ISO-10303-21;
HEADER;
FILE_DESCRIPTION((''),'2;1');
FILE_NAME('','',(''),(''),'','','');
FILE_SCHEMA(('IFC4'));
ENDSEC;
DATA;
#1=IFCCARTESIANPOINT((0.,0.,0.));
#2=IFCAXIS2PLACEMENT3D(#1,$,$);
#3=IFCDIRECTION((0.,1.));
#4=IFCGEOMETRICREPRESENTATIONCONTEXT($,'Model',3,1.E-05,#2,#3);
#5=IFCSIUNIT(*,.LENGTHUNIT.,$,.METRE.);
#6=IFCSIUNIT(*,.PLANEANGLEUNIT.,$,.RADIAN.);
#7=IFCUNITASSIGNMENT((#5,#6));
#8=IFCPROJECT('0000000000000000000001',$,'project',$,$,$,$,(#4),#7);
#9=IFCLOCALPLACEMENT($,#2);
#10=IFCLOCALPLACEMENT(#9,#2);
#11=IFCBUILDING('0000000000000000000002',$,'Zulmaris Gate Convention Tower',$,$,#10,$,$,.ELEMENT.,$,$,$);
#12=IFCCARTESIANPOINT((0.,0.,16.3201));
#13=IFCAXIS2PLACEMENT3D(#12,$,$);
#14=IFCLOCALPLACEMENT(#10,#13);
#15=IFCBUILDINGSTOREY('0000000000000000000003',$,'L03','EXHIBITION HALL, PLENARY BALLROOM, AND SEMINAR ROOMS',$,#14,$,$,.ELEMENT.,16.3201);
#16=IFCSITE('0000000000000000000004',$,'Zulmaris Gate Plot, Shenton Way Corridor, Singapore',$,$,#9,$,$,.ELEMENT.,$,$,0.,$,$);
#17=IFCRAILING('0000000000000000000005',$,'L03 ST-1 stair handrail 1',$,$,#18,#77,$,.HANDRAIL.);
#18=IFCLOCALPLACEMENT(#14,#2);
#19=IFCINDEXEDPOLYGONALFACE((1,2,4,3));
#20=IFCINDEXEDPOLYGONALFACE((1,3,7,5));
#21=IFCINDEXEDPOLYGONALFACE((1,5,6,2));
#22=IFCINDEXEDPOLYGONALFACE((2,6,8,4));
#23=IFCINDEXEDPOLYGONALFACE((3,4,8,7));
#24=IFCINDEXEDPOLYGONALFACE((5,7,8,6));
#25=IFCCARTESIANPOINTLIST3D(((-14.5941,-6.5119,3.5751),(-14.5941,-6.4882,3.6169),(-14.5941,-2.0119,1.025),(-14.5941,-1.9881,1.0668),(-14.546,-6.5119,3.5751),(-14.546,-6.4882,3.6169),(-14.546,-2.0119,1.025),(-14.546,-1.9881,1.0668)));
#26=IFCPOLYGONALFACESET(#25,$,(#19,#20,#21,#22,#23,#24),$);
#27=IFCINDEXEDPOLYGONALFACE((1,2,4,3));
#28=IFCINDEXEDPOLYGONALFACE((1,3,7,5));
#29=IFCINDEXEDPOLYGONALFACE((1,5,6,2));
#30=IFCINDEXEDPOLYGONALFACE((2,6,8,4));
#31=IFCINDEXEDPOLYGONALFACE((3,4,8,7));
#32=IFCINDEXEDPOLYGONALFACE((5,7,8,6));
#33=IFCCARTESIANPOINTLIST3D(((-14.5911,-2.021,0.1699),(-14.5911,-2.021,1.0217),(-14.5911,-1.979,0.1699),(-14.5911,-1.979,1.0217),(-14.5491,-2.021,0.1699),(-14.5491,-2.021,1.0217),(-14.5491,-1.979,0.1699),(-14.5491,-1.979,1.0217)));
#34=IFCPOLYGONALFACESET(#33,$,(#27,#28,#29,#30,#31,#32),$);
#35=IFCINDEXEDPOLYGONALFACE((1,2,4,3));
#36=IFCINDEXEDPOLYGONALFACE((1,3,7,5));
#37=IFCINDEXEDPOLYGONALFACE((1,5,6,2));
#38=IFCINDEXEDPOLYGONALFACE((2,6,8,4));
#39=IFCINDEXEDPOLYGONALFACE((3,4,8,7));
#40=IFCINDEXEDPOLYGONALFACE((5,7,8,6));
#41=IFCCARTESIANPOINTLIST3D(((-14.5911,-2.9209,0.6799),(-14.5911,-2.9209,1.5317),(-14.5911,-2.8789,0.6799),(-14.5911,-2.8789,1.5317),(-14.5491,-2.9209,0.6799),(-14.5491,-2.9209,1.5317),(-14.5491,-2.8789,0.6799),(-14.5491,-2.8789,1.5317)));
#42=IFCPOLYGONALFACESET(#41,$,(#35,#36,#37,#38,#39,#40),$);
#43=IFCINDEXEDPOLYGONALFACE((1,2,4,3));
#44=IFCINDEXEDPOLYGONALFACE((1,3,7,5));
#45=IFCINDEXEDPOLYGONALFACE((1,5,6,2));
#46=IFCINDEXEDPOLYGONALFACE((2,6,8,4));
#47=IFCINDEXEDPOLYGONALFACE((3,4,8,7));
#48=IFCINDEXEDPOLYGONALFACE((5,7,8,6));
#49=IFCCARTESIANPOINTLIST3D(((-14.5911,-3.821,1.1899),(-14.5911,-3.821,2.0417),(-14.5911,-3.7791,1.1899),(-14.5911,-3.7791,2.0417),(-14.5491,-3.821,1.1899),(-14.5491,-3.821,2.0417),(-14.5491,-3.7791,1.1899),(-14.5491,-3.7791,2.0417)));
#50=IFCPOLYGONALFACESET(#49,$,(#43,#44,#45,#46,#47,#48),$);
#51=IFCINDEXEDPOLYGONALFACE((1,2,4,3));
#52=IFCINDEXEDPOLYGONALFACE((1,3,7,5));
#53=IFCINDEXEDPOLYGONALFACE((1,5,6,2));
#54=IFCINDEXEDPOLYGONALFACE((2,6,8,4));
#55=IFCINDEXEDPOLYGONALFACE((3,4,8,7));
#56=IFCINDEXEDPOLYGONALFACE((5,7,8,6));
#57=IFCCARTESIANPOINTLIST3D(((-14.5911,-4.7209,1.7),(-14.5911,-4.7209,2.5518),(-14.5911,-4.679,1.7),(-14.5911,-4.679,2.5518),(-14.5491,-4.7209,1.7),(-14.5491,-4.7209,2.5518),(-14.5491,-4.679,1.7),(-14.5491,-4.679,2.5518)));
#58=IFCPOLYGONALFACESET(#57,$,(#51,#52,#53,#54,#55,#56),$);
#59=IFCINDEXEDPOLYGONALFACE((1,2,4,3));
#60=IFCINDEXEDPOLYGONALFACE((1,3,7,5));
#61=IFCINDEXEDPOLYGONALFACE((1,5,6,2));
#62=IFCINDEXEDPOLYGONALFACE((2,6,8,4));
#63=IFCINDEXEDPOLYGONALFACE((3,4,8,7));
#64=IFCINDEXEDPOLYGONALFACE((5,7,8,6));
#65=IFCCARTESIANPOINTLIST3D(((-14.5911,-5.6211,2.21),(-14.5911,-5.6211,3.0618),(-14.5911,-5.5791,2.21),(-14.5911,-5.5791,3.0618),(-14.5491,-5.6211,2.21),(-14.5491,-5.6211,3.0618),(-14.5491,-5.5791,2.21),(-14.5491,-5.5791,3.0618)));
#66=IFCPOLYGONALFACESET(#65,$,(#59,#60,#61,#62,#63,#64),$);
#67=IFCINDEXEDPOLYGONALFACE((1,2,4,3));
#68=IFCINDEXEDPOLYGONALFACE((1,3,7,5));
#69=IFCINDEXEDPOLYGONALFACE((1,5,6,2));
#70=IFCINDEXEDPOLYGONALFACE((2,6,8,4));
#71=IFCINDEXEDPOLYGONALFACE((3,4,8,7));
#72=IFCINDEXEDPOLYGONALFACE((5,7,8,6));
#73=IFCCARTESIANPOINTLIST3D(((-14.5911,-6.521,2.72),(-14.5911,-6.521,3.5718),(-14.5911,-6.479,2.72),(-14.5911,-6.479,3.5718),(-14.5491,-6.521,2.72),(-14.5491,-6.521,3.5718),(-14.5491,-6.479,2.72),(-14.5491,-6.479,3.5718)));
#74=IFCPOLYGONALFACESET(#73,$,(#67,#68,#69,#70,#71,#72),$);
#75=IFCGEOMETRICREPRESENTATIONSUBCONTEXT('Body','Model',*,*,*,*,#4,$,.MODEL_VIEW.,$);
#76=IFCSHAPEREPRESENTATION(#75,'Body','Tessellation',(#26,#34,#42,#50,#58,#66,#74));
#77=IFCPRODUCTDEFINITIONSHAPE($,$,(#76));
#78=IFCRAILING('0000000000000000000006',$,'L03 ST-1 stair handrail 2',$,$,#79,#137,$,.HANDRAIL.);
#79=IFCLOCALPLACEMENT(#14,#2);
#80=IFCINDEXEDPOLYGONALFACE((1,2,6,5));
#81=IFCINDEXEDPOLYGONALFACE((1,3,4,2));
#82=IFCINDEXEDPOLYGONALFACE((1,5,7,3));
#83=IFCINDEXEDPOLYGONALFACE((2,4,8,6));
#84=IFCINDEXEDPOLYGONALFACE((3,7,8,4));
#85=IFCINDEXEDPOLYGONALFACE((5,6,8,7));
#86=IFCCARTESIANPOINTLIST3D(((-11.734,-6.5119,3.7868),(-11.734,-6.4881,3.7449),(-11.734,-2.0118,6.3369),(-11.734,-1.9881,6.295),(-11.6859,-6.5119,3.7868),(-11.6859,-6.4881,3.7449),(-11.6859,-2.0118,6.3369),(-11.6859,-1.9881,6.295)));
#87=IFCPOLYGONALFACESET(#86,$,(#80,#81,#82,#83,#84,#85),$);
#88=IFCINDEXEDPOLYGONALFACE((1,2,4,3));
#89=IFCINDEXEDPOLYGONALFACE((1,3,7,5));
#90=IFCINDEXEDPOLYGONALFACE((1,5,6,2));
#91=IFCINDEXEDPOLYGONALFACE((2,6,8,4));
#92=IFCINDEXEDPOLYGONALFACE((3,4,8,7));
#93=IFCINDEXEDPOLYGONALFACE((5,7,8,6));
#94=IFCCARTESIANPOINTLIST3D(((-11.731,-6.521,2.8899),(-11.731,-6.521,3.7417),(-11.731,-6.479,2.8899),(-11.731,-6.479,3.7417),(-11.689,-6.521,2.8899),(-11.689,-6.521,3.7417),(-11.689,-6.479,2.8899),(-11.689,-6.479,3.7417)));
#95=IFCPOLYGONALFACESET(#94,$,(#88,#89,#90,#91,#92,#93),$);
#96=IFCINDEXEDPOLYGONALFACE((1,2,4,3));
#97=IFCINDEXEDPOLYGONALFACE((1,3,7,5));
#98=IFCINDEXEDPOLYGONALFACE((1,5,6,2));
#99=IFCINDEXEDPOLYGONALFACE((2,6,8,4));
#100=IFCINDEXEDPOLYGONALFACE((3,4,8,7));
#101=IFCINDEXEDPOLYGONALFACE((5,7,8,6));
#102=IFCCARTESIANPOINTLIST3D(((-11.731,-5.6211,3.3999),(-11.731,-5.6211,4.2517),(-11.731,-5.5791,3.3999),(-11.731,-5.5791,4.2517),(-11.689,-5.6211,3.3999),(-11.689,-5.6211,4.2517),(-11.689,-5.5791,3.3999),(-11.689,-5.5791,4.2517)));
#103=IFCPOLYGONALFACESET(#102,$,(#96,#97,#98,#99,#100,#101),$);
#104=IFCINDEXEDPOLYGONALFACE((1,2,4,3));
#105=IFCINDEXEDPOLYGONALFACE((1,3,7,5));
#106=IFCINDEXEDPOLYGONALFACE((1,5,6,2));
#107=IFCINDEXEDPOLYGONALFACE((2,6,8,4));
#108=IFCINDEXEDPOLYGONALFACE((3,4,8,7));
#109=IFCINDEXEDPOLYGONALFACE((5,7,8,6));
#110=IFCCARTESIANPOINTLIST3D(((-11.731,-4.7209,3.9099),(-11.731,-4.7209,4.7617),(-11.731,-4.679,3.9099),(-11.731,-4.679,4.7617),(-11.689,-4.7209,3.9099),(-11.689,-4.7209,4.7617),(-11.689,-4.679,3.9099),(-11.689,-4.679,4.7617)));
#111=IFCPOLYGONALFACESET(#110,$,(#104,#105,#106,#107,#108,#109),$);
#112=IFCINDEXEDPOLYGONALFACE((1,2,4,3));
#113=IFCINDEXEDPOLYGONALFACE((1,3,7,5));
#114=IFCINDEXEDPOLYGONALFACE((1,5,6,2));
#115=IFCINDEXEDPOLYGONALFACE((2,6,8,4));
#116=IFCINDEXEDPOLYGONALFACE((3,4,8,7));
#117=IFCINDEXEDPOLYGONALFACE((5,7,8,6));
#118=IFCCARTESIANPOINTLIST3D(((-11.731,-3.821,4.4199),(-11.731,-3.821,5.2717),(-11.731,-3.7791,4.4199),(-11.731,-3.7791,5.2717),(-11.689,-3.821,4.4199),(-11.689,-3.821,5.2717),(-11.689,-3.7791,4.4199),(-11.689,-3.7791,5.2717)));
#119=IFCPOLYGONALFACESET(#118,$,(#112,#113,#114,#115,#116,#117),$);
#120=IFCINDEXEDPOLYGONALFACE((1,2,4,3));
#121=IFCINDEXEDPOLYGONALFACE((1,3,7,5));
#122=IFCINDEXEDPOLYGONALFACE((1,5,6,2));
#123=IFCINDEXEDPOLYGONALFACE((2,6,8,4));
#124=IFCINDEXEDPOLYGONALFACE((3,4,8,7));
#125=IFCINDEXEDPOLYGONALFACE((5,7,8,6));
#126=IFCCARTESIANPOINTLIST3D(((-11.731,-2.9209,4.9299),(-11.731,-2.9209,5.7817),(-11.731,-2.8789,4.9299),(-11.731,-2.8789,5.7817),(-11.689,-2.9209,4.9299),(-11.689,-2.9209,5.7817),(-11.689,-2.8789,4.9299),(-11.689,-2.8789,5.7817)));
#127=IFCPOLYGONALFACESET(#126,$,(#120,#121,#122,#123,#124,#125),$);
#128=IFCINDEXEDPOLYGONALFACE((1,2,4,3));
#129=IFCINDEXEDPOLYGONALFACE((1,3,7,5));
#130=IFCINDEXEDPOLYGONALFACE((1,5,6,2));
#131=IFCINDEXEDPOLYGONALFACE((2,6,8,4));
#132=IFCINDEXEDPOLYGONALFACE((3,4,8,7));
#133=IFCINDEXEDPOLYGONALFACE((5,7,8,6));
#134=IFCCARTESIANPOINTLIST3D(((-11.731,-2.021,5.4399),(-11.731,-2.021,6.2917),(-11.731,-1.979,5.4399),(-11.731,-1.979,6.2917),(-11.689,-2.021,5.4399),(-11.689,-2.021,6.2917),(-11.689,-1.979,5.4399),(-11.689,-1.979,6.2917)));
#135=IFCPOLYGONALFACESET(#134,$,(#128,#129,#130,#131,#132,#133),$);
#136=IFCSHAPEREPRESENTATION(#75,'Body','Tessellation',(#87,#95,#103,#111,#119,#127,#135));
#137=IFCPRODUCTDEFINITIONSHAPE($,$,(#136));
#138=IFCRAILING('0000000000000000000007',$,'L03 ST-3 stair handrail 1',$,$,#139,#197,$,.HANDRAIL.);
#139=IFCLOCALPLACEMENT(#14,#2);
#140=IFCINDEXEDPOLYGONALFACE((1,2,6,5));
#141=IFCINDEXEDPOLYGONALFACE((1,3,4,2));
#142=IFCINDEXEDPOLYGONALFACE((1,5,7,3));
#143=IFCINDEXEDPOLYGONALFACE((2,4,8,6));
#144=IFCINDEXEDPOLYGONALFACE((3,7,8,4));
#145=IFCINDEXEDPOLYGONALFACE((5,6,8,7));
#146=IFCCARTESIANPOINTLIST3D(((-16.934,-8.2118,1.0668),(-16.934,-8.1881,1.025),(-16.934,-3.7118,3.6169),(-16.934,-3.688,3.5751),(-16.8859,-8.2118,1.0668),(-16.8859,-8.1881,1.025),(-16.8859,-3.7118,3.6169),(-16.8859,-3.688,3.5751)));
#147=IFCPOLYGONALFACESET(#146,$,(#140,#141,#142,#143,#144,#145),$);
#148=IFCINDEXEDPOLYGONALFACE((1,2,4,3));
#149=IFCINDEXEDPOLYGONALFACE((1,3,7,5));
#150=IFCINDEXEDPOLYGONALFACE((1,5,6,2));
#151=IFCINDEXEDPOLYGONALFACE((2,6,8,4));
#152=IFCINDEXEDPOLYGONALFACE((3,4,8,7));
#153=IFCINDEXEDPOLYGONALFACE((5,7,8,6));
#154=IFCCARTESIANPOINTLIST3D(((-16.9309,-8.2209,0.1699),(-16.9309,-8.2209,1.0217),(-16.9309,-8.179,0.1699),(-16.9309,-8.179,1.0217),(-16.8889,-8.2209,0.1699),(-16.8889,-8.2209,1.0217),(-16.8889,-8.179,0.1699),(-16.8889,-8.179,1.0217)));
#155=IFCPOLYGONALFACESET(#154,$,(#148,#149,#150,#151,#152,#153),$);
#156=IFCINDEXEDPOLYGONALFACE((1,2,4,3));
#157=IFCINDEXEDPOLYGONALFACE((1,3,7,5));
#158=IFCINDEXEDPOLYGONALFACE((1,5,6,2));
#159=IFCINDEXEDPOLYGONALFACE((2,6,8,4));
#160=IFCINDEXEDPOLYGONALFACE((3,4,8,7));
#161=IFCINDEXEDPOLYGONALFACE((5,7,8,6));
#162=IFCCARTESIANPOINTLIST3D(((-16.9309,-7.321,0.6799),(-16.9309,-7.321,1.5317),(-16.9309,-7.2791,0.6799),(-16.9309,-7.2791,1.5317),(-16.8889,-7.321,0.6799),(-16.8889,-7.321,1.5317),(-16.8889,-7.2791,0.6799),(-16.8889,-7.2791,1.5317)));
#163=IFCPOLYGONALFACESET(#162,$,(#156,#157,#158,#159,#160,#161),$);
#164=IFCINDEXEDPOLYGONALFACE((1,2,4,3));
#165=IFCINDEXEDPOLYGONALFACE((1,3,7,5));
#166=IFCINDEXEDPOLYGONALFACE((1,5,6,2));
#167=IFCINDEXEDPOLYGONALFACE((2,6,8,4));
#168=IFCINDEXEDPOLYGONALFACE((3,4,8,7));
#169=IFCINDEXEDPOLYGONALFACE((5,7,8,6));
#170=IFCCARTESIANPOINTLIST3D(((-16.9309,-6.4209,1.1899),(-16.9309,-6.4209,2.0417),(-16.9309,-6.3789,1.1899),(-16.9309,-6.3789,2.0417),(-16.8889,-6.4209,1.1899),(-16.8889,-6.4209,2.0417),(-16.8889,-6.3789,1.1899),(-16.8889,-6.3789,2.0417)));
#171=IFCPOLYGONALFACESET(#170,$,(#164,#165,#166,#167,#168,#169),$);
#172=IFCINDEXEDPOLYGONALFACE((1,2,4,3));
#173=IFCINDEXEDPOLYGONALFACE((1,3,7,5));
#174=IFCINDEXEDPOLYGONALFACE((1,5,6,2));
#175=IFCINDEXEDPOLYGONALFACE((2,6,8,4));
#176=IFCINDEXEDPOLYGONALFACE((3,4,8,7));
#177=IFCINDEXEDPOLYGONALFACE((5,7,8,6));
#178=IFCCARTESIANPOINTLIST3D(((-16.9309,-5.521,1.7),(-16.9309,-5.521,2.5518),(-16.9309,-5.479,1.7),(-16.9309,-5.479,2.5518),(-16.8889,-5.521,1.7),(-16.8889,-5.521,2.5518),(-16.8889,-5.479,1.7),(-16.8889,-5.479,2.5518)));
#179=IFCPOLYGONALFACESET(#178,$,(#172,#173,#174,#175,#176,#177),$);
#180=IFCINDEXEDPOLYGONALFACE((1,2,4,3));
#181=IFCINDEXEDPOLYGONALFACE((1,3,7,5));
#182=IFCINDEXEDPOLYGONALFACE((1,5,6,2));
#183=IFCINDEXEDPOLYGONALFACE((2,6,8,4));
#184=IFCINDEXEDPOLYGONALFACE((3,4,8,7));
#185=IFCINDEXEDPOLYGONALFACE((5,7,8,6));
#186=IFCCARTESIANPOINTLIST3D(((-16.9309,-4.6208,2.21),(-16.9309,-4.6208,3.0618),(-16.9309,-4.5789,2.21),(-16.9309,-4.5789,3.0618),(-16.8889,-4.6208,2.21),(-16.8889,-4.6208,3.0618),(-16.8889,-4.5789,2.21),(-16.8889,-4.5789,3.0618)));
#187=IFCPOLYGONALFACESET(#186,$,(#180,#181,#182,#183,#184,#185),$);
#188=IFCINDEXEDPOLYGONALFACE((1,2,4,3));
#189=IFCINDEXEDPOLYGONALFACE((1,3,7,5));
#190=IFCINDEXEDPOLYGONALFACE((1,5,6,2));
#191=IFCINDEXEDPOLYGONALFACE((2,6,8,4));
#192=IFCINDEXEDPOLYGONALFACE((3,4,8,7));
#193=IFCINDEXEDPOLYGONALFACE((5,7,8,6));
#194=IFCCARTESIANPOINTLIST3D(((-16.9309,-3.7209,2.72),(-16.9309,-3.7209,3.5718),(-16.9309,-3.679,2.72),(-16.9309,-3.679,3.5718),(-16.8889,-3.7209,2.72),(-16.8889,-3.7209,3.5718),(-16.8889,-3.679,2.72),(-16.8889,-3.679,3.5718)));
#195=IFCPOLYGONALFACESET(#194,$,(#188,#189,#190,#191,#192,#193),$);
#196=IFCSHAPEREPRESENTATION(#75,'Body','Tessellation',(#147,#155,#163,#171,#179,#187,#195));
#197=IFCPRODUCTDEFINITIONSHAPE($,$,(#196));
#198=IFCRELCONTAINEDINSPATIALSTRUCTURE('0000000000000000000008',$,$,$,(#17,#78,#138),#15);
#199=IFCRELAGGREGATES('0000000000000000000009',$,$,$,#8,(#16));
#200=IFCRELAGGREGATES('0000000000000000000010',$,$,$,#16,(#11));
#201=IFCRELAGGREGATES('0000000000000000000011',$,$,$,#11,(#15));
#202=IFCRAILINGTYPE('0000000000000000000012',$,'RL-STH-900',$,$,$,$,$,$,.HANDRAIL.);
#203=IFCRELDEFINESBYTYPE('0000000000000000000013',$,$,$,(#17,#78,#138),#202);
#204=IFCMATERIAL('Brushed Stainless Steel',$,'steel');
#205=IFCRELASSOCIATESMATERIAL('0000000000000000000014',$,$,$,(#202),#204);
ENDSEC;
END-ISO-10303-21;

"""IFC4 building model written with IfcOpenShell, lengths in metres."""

from ifc_helpers import new_model, si_unit, direction, frame, origin, origin_2d, place, context, subcontext, project, spatial, rectangle, extrude, material, type_object, element, save


model = new_model("IFC4")

# Units and contexts
model_context = context("Model", 3, precision=1e-05, world=origin(), true_north=direction((0.0, 1.0)))
body_context = subcontext(model_context, "Body", "Model", "MODEL_VIEW")
ifc_project = project(units=[si_unit("LENGTHUNIT", "METRE"), si_unit("PLANEANGLEUNIT", "RADIAN")], contexts=[model_context])

# Site, building, storey
site_placement = place(None, origin())
site = spatial("IfcSite", under=ifc_project, at=site_placement, Name="Zulmaris Gate Plot, Shenton Way Corridor, Singapore", CompositionType="ELEMENT", RefElevation=0.0)
building_placement = place(site_placement, origin())
building = spatial("IfcBuilding", under=site, at=building_placement, Name="Zulmaris Gate Convention Tower", CompositionType="ELEMENT")
storey_placement = place(building_placement, frame((0.0, 0.0, 16.3201)))
storey = spatial("IfcBuildingStorey", under=building, at=storey_placement, Name="L03", Description="EXHIBITION HALL, PLENARY BALLROOM, AND SEMINAR ROOMS", CompositionType="ELEMENT", Elevation=16.3201)

# Railings
ifc_material_1 = material(Name="Brushed Stainless Steel", Category="steel")
railing_type_1 = type_object("IfcRailingType", Name="RL-STH-900", PredefinedType="HANDRAIL", material=ifc_material_1)
railing_1_placement = place(storey_placement, frame((-14.5701, -2.0, 0.1699)))
element("IfcRailing", 1, at=railing_1_placement, inside=storey, type_object=railing_type_1, Name="L03 ST-1 stair handrail 1", PredefinedType="HANDRAIL", context=body_context, shape_type="SweptSolid", body=[
    extrude(rectangle(XDim=0.0481, YDim=0.0481, at=origin_2d()), frame((0.0, 0.0, 0.876), z_axis=(0.0, -0.870018, 0.49302), x_axis=(1.0, 0.0, 0.0)), (0.0, 0.0, 1.0), 5.1724),
    extrude(rectangle(XDim=0.042, YDim=0.042, at=origin_2d()), origin(), (0.0, 0.0, 1.0), 0.8518),
    extrude(rectangle(XDim=0.042, YDim=0.042, at=origin_2d()), frame((0.0, -0.8999, 0.51)), (0.0, 0.0, 1.0), 0.8518),
    extrude(rectangle(XDim=0.042, YDim=0.042, at=origin_2d()), frame((0.0, -1.8, 1.02)), (0.0, 0.0, 1.0), 0.8518),
    extrude(rectangle(XDim=0.042, YDim=0.042, at=origin_2d()), frame((0.0, -2.7, 1.53)), (0.0, 0.0, 1.0), 0.8518),
    extrude(rectangle(XDim=0.042, YDim=0.042, at=origin_2d()), frame((0.0, -3.6001, 2.04)), (0.0, 0.0, 1.0), 0.8518),
    extrude(rectangle(XDim=0.042, YDim=0.042, at=origin_2d()), frame((0.0, -4.5, 2.55)), (0.0, 0.0, 1.0), 0.8518),
])
for number, where, name in (
    (2, (-11.71, -6.5, 2.8899), "L03 ST-1 stair handrail 2"),
    (3, (-16.9099, -8.2, 0.1699), "L03 ST-3 stair handrail 1"),
):
    element("IfcRailing", number, at=place(storey_placement, frame(where)), inside=storey, type_object=railing_type_1, Name=name, PredefinedType="HANDRAIL", context=body_context, shape_type="SweptSolid", body=[
        extrude(rectangle(XDim=0.0481, YDim=0.0481, at=origin_2d()), frame((0.0, 0.0, 0.876), z_axis=(0.0, 0.870018, 0.49302), x_axis=(-1.0, 0.0, 0.0)), (0.0, 0.0, 1.0), 5.1724),
        extrude(rectangle(XDim=0.042, YDim=0.042, at=origin_2d()), origin(), (0.0, 0.0, 1.0), 0.8518),
        extrude(rectangle(XDim=0.042, YDim=0.042, at=origin_2d()), frame((0.0, 0.8999, 0.51)), (0.0, 0.0, 1.0), 0.8518),
        extrude(rectangle(XDim=0.042, YDim=0.042, at=origin_2d()), frame((0.0, 1.8, 1.02)), (0.0, 0.0, 1.0), 0.8518),
        extrude(rectangle(XDim=0.042, YDim=0.042, at=origin_2d()), frame((0.0, 2.7, 1.53)), (0.0, 0.0, 1.0), 0.8518),
        extrude(rectangle(XDim=0.042, YDim=0.042, at=origin_2d()), frame((0.0, 3.6001, 2.04)), (0.0, 0.0, 1.0), 0.8518),
        extrude(rectangle(XDim=0.042, YDim=0.042, at=origin_2d()), frame((0.0, 4.5, 2.55)), (0.0, 0.0, 1.0), 0.8518),
    ])

save(model, "model.ifc")
